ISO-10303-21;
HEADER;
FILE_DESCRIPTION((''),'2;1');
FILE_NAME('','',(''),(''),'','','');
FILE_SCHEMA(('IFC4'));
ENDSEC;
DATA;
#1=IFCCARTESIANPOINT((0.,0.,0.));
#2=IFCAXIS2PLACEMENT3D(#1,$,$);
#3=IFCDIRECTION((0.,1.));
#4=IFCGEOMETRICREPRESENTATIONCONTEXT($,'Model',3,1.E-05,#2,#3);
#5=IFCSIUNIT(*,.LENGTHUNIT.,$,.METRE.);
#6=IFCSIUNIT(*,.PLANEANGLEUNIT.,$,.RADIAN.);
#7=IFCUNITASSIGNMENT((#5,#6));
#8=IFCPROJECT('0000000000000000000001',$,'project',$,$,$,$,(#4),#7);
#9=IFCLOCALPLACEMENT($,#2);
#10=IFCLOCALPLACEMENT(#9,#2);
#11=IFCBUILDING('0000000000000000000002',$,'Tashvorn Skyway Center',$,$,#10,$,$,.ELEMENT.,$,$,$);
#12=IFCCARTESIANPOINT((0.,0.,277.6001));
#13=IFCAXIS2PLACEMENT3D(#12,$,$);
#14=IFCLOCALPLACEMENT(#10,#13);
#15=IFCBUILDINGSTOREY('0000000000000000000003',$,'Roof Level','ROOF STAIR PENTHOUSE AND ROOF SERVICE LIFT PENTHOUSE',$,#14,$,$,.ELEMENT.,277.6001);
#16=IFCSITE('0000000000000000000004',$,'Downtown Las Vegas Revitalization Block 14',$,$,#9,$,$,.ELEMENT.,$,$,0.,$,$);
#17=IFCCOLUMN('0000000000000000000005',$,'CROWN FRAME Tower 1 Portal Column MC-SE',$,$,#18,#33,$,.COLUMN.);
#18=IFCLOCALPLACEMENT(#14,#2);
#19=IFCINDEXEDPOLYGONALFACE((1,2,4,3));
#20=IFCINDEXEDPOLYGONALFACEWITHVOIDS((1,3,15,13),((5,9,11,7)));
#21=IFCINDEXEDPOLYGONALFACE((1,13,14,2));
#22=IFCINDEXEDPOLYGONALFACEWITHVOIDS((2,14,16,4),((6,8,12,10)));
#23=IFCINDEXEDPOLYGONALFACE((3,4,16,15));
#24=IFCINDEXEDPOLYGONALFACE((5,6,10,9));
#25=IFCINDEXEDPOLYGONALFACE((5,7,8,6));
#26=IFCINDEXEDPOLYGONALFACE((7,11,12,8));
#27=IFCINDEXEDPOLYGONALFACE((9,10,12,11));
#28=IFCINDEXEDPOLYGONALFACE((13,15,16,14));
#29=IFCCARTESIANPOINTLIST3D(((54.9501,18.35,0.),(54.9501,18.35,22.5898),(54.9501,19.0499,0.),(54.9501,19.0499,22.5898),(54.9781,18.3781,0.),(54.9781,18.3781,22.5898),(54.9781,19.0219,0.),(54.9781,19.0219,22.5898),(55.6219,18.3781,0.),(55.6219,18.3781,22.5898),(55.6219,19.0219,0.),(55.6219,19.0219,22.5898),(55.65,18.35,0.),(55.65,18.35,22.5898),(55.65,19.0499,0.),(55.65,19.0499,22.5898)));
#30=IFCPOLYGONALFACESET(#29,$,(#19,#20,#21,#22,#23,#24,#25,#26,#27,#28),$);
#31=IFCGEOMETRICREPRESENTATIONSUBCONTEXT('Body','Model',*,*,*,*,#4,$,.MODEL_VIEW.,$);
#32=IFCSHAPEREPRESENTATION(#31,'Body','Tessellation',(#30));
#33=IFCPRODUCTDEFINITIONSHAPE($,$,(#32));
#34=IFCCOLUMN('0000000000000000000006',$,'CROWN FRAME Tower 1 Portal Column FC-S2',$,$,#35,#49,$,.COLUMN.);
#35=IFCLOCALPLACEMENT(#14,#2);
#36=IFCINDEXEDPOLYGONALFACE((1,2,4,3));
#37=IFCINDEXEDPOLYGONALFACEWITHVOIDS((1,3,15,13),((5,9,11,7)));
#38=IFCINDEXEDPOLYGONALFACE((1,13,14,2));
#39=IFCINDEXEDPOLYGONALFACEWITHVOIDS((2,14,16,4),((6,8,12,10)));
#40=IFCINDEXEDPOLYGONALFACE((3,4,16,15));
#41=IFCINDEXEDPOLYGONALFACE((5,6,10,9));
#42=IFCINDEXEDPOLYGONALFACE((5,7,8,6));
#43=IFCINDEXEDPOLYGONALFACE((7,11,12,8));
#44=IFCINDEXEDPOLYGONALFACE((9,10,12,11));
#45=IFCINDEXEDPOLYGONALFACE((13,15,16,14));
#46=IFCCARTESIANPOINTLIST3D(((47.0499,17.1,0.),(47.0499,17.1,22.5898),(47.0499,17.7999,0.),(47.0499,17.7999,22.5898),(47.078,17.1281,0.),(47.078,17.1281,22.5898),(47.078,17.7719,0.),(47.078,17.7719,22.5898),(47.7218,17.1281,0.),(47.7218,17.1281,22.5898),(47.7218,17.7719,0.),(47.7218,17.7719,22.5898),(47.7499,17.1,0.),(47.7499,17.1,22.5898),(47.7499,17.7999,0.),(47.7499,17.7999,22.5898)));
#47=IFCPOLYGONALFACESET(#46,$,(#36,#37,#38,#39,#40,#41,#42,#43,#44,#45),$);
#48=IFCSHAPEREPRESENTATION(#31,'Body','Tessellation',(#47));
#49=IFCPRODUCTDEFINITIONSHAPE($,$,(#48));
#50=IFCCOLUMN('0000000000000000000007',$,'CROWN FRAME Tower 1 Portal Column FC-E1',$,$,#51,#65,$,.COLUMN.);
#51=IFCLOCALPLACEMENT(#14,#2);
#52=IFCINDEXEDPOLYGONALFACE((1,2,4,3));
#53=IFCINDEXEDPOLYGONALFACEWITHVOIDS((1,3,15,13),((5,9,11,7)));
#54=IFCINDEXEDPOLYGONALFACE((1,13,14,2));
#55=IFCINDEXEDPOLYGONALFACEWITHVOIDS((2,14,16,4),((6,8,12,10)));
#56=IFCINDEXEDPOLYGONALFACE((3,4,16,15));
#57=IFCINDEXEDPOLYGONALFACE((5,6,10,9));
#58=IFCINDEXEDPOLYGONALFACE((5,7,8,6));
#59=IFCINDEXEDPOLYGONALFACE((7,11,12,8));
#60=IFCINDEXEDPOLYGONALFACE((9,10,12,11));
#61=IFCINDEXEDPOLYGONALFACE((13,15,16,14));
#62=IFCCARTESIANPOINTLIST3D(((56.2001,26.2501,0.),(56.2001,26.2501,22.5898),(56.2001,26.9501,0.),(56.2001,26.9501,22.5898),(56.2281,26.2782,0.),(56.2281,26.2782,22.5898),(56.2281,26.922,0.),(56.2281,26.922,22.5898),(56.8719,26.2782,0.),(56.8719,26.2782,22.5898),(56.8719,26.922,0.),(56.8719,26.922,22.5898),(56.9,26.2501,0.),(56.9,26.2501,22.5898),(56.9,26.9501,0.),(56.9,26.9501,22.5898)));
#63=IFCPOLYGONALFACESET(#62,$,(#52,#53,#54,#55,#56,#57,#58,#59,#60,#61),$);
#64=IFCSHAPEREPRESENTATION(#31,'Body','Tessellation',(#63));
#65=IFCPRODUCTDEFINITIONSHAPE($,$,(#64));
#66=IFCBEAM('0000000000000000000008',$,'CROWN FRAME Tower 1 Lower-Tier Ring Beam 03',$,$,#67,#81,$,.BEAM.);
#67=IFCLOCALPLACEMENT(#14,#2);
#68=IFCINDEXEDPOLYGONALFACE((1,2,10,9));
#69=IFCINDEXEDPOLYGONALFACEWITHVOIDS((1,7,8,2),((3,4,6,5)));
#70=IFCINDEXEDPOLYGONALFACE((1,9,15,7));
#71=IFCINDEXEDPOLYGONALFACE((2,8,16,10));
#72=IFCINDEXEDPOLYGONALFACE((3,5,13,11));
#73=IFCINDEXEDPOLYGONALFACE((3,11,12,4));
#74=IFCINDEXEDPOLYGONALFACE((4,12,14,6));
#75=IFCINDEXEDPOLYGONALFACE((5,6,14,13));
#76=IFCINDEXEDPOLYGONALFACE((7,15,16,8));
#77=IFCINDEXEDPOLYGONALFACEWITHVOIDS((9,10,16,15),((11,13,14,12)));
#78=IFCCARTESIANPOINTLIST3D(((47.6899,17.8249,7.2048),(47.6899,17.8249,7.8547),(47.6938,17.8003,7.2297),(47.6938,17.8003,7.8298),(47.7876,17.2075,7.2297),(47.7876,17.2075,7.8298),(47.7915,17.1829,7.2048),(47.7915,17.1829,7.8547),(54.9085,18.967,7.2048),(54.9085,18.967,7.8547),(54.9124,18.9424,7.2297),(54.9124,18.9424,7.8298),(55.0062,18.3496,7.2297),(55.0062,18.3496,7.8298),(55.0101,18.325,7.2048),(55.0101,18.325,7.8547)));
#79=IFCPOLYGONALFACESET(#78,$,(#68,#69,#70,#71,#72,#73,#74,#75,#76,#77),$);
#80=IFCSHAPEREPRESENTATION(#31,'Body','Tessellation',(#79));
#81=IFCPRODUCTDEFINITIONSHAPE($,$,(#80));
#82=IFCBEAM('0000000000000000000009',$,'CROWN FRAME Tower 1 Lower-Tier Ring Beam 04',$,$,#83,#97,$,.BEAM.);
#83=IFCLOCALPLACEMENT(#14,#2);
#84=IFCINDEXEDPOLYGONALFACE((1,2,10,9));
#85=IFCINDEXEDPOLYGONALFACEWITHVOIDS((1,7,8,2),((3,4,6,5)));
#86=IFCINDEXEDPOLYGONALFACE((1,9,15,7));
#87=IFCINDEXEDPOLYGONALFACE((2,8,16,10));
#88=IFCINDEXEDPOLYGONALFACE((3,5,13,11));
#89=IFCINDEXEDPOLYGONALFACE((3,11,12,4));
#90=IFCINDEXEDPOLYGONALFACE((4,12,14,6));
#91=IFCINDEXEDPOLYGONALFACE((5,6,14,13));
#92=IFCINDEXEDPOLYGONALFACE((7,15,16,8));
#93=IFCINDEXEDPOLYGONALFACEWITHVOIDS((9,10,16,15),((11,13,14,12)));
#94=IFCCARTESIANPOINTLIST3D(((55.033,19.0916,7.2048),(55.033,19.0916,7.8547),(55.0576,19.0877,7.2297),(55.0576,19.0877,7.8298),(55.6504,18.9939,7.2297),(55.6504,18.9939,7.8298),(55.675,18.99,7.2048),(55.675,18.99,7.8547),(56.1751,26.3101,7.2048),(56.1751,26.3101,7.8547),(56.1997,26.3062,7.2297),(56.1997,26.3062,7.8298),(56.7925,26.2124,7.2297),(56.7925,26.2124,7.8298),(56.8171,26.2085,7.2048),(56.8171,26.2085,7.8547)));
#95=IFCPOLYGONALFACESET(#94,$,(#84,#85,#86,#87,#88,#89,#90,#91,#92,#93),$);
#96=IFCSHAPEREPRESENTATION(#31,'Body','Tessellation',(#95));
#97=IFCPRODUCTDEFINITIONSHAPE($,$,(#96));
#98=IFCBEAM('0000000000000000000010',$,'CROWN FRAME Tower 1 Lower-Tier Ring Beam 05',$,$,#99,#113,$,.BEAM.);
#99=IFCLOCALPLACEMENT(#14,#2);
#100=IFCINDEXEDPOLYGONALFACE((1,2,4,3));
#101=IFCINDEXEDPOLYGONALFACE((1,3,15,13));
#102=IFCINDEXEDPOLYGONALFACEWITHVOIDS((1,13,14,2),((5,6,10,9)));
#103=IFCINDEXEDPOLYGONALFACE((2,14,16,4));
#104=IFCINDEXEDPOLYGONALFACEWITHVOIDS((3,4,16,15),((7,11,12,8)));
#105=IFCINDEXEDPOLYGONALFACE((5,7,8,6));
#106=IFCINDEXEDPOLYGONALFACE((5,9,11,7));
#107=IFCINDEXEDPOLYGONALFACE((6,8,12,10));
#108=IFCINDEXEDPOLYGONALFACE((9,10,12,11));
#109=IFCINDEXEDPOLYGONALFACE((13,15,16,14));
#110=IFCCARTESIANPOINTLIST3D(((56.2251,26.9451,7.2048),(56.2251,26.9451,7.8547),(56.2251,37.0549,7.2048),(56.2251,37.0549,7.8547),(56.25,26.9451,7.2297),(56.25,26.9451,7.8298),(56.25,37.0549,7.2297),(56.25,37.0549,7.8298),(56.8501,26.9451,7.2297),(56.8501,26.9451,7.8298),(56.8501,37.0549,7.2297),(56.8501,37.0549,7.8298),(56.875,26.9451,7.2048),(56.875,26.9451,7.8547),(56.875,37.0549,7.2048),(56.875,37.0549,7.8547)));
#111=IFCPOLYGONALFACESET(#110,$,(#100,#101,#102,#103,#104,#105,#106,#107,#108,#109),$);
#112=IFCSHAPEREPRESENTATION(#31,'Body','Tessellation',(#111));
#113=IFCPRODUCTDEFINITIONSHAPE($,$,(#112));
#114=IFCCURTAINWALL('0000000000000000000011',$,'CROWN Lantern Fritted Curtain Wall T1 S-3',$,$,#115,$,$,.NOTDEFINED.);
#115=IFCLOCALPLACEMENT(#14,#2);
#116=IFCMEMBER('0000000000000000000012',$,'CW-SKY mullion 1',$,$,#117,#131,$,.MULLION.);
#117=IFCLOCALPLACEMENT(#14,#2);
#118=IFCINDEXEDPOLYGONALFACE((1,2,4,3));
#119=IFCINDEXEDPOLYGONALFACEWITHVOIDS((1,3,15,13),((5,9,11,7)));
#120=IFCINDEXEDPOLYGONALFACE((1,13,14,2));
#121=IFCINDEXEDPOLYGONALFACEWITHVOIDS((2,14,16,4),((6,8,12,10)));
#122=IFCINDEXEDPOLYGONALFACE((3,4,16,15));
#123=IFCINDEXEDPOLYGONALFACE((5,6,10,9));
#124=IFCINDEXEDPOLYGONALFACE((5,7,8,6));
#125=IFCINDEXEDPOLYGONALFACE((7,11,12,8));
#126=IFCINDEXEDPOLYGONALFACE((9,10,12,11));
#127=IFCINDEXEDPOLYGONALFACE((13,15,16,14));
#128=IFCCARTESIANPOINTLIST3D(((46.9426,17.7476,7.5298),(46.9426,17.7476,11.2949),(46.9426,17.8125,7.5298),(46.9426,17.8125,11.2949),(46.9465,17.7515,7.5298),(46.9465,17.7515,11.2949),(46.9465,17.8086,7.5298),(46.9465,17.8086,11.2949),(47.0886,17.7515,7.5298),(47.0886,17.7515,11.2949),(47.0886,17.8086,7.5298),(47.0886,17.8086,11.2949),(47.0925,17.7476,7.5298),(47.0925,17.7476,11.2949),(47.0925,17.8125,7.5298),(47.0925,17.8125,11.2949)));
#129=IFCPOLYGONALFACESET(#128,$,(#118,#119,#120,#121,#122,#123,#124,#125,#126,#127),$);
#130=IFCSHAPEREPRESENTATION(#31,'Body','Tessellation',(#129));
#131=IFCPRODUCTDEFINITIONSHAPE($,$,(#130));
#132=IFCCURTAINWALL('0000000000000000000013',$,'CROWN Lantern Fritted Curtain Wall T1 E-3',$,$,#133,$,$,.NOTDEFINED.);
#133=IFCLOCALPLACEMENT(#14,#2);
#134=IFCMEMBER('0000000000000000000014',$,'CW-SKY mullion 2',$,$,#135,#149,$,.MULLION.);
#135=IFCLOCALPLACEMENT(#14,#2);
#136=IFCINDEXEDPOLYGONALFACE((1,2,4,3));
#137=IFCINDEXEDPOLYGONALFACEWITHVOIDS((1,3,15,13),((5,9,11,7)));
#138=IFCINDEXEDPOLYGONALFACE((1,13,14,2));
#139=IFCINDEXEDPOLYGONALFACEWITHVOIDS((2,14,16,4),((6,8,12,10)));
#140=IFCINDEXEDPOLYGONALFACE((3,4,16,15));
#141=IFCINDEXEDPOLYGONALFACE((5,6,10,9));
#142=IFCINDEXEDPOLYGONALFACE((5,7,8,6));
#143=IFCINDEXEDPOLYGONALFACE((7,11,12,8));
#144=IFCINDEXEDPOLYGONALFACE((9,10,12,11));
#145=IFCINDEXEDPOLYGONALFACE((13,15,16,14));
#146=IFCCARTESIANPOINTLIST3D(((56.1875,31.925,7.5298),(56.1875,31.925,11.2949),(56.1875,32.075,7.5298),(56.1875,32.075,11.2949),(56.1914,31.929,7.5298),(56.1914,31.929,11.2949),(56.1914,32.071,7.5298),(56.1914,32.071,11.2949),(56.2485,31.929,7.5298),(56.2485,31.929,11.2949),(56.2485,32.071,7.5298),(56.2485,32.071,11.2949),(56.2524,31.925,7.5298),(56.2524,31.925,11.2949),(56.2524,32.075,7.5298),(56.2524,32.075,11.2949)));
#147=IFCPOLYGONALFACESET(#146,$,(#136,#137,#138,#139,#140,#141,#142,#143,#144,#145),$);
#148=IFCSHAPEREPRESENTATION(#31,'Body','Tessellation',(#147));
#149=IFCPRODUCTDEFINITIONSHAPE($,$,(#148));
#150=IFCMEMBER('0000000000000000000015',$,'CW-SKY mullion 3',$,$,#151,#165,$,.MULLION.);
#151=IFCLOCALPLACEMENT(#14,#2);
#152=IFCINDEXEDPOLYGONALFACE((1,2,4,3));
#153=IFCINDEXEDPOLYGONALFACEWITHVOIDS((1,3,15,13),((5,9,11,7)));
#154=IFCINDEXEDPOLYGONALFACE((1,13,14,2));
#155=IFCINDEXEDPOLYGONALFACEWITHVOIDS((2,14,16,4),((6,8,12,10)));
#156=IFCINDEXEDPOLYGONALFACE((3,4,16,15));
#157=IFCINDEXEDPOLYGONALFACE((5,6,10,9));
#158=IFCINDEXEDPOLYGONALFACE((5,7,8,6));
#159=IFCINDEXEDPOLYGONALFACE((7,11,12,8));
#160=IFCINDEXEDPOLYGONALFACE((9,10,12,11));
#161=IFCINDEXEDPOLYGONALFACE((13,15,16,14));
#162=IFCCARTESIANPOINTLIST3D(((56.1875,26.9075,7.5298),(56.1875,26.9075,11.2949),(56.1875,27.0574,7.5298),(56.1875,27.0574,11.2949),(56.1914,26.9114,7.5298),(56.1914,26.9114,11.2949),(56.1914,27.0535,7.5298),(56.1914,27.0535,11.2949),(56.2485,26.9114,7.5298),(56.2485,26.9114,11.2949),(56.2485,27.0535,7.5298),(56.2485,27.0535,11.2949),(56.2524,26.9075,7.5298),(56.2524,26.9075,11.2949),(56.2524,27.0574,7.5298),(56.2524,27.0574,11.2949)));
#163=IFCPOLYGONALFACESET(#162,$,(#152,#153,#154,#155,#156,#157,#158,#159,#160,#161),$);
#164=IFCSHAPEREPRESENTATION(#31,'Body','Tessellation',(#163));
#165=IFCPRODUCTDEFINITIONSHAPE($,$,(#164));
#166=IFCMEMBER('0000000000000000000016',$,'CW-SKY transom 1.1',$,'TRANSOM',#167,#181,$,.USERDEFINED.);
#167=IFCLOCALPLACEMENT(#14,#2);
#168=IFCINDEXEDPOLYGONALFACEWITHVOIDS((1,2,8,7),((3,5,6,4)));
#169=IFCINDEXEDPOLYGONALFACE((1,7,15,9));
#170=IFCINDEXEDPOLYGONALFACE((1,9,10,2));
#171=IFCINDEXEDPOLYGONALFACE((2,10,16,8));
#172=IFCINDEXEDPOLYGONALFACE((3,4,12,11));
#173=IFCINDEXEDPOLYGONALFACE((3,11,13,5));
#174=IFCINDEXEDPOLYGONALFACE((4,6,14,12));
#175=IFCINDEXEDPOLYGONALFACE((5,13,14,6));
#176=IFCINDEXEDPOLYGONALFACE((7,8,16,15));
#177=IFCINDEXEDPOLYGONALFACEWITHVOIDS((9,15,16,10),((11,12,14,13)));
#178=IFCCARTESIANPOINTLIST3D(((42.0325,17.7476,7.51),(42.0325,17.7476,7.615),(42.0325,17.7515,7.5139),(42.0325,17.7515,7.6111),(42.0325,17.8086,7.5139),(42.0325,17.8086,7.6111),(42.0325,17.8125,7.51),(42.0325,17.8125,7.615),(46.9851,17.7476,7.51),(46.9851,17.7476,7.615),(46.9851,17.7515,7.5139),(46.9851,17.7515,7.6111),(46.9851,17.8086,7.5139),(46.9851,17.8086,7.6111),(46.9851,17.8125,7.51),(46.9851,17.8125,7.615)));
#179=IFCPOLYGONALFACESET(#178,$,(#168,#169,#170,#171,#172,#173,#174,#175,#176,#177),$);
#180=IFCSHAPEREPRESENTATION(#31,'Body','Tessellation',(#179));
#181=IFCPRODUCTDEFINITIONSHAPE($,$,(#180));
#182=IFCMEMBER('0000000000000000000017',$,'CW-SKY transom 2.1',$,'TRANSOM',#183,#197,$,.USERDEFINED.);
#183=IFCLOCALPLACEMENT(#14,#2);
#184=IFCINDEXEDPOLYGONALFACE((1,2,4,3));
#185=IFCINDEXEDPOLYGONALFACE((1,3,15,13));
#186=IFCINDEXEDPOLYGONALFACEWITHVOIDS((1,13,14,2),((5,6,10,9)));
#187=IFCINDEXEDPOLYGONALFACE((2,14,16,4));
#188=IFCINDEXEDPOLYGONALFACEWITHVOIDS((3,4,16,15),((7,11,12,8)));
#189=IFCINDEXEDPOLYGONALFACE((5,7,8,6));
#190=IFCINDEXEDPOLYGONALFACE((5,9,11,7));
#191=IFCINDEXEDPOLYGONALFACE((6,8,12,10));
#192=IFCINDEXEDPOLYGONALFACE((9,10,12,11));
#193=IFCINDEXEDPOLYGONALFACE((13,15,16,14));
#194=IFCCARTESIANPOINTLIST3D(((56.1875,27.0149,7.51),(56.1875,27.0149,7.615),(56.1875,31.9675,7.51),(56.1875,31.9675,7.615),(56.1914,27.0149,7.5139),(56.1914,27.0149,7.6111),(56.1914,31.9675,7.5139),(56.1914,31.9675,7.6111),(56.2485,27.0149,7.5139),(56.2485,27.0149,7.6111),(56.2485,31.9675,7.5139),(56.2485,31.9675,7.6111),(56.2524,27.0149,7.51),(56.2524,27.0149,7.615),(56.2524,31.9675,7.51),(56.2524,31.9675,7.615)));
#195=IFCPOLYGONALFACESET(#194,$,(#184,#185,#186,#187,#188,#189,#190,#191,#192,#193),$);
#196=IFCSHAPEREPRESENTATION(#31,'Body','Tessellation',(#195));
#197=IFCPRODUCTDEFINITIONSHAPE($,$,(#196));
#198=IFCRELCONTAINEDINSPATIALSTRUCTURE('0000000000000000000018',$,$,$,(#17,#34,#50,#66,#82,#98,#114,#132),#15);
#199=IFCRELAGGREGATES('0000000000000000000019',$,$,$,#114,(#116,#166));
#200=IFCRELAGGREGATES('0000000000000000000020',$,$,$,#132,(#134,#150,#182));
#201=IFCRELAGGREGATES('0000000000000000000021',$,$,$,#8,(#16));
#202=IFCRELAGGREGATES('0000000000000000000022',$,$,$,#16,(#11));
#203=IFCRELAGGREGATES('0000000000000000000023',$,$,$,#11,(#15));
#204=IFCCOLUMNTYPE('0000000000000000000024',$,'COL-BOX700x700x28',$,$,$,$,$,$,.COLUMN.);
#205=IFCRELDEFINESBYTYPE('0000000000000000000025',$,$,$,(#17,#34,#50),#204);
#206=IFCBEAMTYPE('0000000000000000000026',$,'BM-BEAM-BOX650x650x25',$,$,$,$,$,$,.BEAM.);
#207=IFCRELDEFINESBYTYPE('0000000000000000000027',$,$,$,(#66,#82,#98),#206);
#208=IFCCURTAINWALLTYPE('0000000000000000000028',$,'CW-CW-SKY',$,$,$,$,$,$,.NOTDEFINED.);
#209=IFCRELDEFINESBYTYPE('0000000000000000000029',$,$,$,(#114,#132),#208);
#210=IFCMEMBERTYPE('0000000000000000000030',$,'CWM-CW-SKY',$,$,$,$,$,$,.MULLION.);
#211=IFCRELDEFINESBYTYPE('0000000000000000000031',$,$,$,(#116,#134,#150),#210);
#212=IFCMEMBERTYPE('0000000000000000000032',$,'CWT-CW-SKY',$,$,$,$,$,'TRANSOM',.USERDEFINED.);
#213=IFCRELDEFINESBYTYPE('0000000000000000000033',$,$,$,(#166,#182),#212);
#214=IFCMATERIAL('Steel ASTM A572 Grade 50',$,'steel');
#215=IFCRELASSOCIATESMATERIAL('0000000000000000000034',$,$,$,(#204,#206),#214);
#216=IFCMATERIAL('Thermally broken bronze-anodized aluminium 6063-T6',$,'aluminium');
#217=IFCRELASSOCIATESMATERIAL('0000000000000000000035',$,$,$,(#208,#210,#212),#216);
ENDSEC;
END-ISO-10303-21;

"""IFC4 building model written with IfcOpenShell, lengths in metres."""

from ifc_helpers import new_model, si_unit, direction, frame, origin, origin_2d, place, context, subcontext, project, spatial, hollow_rectangle, extrude, material, material_profile, profile_set, type_object, element, aggregate, save


model = new_model("IFC4")

# Units and contexts
model_context = context("Model", 3, precision=1e-05, world=origin(), true_north=direction((0.0, 1.0)))
body_context = subcontext(model_context, "Body", "Model", "MODEL_VIEW")
ifc_project = project(units=[si_unit("LENGTHUNIT", "METRE"), si_unit("PLANEANGLEUNIT", "RADIAN")], contexts=[model_context])

# Site, building, storey
site_placement = place(None, origin())
site = spatial("IfcSite", under=ifc_project, at=site_placement, Name="Downtown Las Vegas Revitalization Block 14", CompositionType="ELEMENT", RefElevation=0.0)
building_placement = place(site_placement, origin())
building = spatial("IfcBuilding", under=site, at=building_placement, Name="Tashvorn Skyway Center", CompositionType="ELEMENT")
storey_placement = place(building_placement, frame((0.0, 0.0, 277.6001)))
storey = spatial("IfcBuildingStorey", under=building, at=storey_placement, Name="Roof Level", Description="ROOF STAIR PENTHOUSE AND ROOF SERVICE LIFT PENTHOUSE", CompositionType="ELEMENT", Elevation=277.6001)

# Columns
ifc_material_1 = material(Name="Steel ASTM A572 Grade 50", Category="steel")
ifc_material_profile_1 = material_profile(ifc_material_1, hollow_rectangle(XDim=0.7, YDim=0.7, WallThickness=0.0281, at=origin_2d()), Name="BOX700x700x28")
ifc_profile_set_1 = profile_set([ifc_material_profile_1], Name="Steel ASTM A572 Grade 50")
column_type = type_object("IfcColumnType", Name="COL-BOX700x700x28", PredefinedType="COLUMN", material=ifc_profile_set_1)
for number, where, z_axis, x_axis, name in (
    (1, (55.3, 18.7, 0.0), (0.0, 0.0, 1.0), (1.0, 0.0, 0.0), "CROWN FRAME Tower 1 Portal Column MC-SE"),
    (2, (47.3999, 17.45, 0.0), (0.0, 0.0, 1.0), (1.0, 0.0, 0.0), "CROWN FRAME Tower 1 Portal Column FC-S2"),
    (3, (56.55, 26.6001, 0.0), (0.0, 0.0, 1.0), (1.0, 0.0, 0.0), "CROWN FRAME Tower 1 Portal Column FC-E1"),
):
    element("IfcColumn", number, at=place(storey_placement, frame(where, z_axis=z_axis, x_axis=x_axis)), inside=storey, type_object=column_type, Name=name, PredefinedType="COLUMN", context=body_context, shape_type="SweptSolid", body=[
        extrude(hollow_rectangle(XDim=0.7, YDim=0.7, WallThickness=0.0281, at=origin_2d()), origin(), (0.0, 0.0, 1.0), 22.5898),
    ])

# Beams
ifc_material_profile_2 = material_profile(ifc_material_1, hollow_rectangle(XDim=0.6499, YDim=0.6499, WallThickness=0.0249, at=origin_2d()), Name="BOX650x650x25")
ifc_profile_set_2 = profile_set([ifc_material_profile_2], Name="Steel ASTM A572 Grade 50")
beam_type = type_object("IfcBeamType", Name="BM-BEAM-BOX650x650x25", PredefinedType="BEAM", material=ifc_profile_set_2)
for number, where, z_axis, x_axis, name in (
    (4, (47.7407, 17.5039, 7.5298), (0.987714, 0.156273, 0.0), (-0.156273, 0.987714, 0.0), "CROWN FRAME Tower 1 Lower-Tier Ring Beam 03"),
    (5, (55.354, 19.0408, 7.5298), (0.156273, 0.987714, 0.0), (-0.987714, 0.156273, 0.0), "CROWN FRAME Tower 1 Lower-Tier Ring Beam 04"),
):
    element("IfcBeam", number, at=place(storey_placement, frame(where, z_axis=z_axis, x_axis=x_axis)), inside=storey, type_object=beam_type, Name=name, PredefinedType="BEAM", context=body_context, shape_type="SweptSolid", body=[
        extrude(hollow_rectangle(XDim=0.6499, YDim=0.6499, WallThickness=0.0249, at=origin_2d()), origin(), (0.0, 0.0, 1.0), 7.3083),
    ])
beam_placement = place(storey_placement, frame((56.55, 26.9451, 7.5298), z_axis=(0.0, 1.0, 0.0), x_axis=(-1.0, 0.0, 0.0)))
element("IfcBeam", 6, at=beam_placement, inside=storey, type_object=beam_type, Name="CROWN FRAME Tower 1 Lower-Tier Ring Beam 05", PredefinedType="BEAM", context=body_context, shape_type="SweptSolid", body=[
    extrude(hollow_rectangle(XDim=0.6499, YDim=0.6499, WallThickness=0.0249, at=origin_2d()), origin(), (0.0, 0.0, 1.0), 10.1099),
])

# Curtain wall, member
ifc_material_2 = material(Name="Thermally broken bronze-anodized aluminium 6063-T6", Category="aluminium")
curtain_wall_type = type_object("IfcCurtainWallType", Name="CW-CW-SKY", PredefinedType="NOTDEFINED", material=ifc_material_2)
curtain_wall_1_placement = place(storey_placement, origin())
curtain_wall_1 = element("IfcCurtainWall", 7, at=curtain_wall_1_placement, inside=storey, type_object=curtain_wall_type, Name="CROWN Lantern Fritted Curtain Wall T1 S-3", PredefinedType="NOTDEFINED")
ifc_material_profile_3 = material_profile(ifc_material_2, hollow_rectangle(XDim=0.0649, YDim=0.1499, WallThickness=0.0039, at=origin_2d()), Name="ALU-MULL-65x150")
ifc_profile_set_3 = profile_set([ifc_material_profile_3], Name="Thermally broken bronze-anodized aluminium 6063-T6")
member_type_1 = type_object("IfcMemberType", Name="CWM-CW-SKY", PredefinedType="MULLION", material=ifc_profile_set_3)
member_1_placement = place(storey_placement, frame((47.0176, 17.78, 7.5298), z_axis=(0.0, 0.0, 1.0), x_axis=(0.0, -1.0, 0.0)))
member_1 = element("IfcMember", 8, at=member_1_placement, type_object=member_type_1, Name="CW-SKY mullion 1", PredefinedType="MULLION", context=body_context, shape_type="SweptSolid", body=[
    extrude(hollow_rectangle(XDim=0.0649, YDim=0.1499, WallThickness=0.0039, at=origin_2d()), origin(), (0.0, 0.0, 1.0), 3.7651),
])

# Curtain wall, members
curtain_wall_2_placement = place(storey_placement, origin())
curtain_wall_2 = element("IfcCurtainWall", 9, at=curtain_wall_2_placement, inside=storey, type_object=curtain_wall_type, Name="CROWN Lantern Fritted Curtain Wall T1 E-3", PredefinedType="NOTDEFINED")
member_2_placement = place(storey_placement, frame((56.22, 32.0, 7.5298), z_axis=(0.0, 0.0, 1.0), x_axis=(1.0, 0.0, 0.0)))
member_2 = element("IfcMember", 10, at=member_2_placement, type_object=member_type_1, Name="CW-SKY mullion 2", PredefinedType="MULLION", context=body_context, shape_type="SweptSolid", body=[
    extrude(hollow_rectangle(XDim=0.0649, YDim=0.1499, WallThickness=0.0039, at=origin_2d()), origin(), (0.0, 0.0, 1.0), 3.7651),
])
member_3_placement = place(storey_placement, frame((56.22, 26.9824, 7.5298), z_axis=(0.0, 0.0, 1.0), x_axis=(1.0, 0.0, 0.0)))
member_3 = element("IfcMember", 11, at=member_3_placement, type_object=member_type_1, Name="CW-SKY mullion 3", PredefinedType="MULLION", context=body_context, shape_type="SweptSolid", body=[
    extrude(hollow_rectangle(XDim=0.0649, YDim=0.1499, WallThickness=0.0039, at=origin_2d()), origin(), (0.0, 0.0, 1.0), 3.7651),
])

# Members
ifc_material_profile_4 = material_profile(ifc_material_2, hollow_rectangle(XDim=0.0649, YDim=0.105, WallThickness=0.0039, at=origin_2d()), Name="ALU-TRAN-65x105")
ifc_profile_set_4 = profile_set([ifc_material_profile_4], Name="Thermally broken bronze-anodized aluminium 6063-T6")
member_type_2 = type_object("IfcMemberType", Name="CWT-CW-SKY", ElementType="TRANSOM", PredefinedType="USERDEFINED", material=ifc_profile_set_4)
member_4_placement = place(storey_placement, frame((46.9851, 17.78, 7.5625), z_axis=(-1.0, 0.0, 0.0), x_axis=(0.0, -1.0, 0.0)))
member_4 = element("IfcMember", 12, at=member_4_placement, type_object=member_type_2, Name="CW-SKY transom 1.1", ObjectType="TRANSOM", PredefinedType="USERDEFINED", context=body_context, shape_type="SweptSolid", body=[
    extrude(hollow_rectangle(XDim=0.0649, YDim=0.105, WallThickness=0.0039, at=origin_2d()), origin(), (0.0, 0.0, 1.0), 4.9526),
])
member_5_placement = place(storey_placement, frame((56.22, 31.9675, 7.5625), z_axis=(0.0, -1.0, 0.0), x_axis=(1.0, 0.0, 0.0)))
member_5 = element("IfcMember", 13, at=member_5_placement, type_object=member_type_2, Name="CW-SKY transom 2.1", ObjectType="TRANSOM", PredefinedType="USERDEFINED", context=body_context, shape_type="SweptSolid", body=[
    extrude(hollow_rectangle(XDim=0.0649, YDim=0.105, WallThickness=0.0039, at=origin_2d()), origin(), (0.0, 0.0, 1.0), 4.9526),
])

aggregate(curtain_wall_1, [member_1, member_4])
aggregate(curtain_wall_2, [member_2, member_3, member_5])

save(model, "model.ifc")
